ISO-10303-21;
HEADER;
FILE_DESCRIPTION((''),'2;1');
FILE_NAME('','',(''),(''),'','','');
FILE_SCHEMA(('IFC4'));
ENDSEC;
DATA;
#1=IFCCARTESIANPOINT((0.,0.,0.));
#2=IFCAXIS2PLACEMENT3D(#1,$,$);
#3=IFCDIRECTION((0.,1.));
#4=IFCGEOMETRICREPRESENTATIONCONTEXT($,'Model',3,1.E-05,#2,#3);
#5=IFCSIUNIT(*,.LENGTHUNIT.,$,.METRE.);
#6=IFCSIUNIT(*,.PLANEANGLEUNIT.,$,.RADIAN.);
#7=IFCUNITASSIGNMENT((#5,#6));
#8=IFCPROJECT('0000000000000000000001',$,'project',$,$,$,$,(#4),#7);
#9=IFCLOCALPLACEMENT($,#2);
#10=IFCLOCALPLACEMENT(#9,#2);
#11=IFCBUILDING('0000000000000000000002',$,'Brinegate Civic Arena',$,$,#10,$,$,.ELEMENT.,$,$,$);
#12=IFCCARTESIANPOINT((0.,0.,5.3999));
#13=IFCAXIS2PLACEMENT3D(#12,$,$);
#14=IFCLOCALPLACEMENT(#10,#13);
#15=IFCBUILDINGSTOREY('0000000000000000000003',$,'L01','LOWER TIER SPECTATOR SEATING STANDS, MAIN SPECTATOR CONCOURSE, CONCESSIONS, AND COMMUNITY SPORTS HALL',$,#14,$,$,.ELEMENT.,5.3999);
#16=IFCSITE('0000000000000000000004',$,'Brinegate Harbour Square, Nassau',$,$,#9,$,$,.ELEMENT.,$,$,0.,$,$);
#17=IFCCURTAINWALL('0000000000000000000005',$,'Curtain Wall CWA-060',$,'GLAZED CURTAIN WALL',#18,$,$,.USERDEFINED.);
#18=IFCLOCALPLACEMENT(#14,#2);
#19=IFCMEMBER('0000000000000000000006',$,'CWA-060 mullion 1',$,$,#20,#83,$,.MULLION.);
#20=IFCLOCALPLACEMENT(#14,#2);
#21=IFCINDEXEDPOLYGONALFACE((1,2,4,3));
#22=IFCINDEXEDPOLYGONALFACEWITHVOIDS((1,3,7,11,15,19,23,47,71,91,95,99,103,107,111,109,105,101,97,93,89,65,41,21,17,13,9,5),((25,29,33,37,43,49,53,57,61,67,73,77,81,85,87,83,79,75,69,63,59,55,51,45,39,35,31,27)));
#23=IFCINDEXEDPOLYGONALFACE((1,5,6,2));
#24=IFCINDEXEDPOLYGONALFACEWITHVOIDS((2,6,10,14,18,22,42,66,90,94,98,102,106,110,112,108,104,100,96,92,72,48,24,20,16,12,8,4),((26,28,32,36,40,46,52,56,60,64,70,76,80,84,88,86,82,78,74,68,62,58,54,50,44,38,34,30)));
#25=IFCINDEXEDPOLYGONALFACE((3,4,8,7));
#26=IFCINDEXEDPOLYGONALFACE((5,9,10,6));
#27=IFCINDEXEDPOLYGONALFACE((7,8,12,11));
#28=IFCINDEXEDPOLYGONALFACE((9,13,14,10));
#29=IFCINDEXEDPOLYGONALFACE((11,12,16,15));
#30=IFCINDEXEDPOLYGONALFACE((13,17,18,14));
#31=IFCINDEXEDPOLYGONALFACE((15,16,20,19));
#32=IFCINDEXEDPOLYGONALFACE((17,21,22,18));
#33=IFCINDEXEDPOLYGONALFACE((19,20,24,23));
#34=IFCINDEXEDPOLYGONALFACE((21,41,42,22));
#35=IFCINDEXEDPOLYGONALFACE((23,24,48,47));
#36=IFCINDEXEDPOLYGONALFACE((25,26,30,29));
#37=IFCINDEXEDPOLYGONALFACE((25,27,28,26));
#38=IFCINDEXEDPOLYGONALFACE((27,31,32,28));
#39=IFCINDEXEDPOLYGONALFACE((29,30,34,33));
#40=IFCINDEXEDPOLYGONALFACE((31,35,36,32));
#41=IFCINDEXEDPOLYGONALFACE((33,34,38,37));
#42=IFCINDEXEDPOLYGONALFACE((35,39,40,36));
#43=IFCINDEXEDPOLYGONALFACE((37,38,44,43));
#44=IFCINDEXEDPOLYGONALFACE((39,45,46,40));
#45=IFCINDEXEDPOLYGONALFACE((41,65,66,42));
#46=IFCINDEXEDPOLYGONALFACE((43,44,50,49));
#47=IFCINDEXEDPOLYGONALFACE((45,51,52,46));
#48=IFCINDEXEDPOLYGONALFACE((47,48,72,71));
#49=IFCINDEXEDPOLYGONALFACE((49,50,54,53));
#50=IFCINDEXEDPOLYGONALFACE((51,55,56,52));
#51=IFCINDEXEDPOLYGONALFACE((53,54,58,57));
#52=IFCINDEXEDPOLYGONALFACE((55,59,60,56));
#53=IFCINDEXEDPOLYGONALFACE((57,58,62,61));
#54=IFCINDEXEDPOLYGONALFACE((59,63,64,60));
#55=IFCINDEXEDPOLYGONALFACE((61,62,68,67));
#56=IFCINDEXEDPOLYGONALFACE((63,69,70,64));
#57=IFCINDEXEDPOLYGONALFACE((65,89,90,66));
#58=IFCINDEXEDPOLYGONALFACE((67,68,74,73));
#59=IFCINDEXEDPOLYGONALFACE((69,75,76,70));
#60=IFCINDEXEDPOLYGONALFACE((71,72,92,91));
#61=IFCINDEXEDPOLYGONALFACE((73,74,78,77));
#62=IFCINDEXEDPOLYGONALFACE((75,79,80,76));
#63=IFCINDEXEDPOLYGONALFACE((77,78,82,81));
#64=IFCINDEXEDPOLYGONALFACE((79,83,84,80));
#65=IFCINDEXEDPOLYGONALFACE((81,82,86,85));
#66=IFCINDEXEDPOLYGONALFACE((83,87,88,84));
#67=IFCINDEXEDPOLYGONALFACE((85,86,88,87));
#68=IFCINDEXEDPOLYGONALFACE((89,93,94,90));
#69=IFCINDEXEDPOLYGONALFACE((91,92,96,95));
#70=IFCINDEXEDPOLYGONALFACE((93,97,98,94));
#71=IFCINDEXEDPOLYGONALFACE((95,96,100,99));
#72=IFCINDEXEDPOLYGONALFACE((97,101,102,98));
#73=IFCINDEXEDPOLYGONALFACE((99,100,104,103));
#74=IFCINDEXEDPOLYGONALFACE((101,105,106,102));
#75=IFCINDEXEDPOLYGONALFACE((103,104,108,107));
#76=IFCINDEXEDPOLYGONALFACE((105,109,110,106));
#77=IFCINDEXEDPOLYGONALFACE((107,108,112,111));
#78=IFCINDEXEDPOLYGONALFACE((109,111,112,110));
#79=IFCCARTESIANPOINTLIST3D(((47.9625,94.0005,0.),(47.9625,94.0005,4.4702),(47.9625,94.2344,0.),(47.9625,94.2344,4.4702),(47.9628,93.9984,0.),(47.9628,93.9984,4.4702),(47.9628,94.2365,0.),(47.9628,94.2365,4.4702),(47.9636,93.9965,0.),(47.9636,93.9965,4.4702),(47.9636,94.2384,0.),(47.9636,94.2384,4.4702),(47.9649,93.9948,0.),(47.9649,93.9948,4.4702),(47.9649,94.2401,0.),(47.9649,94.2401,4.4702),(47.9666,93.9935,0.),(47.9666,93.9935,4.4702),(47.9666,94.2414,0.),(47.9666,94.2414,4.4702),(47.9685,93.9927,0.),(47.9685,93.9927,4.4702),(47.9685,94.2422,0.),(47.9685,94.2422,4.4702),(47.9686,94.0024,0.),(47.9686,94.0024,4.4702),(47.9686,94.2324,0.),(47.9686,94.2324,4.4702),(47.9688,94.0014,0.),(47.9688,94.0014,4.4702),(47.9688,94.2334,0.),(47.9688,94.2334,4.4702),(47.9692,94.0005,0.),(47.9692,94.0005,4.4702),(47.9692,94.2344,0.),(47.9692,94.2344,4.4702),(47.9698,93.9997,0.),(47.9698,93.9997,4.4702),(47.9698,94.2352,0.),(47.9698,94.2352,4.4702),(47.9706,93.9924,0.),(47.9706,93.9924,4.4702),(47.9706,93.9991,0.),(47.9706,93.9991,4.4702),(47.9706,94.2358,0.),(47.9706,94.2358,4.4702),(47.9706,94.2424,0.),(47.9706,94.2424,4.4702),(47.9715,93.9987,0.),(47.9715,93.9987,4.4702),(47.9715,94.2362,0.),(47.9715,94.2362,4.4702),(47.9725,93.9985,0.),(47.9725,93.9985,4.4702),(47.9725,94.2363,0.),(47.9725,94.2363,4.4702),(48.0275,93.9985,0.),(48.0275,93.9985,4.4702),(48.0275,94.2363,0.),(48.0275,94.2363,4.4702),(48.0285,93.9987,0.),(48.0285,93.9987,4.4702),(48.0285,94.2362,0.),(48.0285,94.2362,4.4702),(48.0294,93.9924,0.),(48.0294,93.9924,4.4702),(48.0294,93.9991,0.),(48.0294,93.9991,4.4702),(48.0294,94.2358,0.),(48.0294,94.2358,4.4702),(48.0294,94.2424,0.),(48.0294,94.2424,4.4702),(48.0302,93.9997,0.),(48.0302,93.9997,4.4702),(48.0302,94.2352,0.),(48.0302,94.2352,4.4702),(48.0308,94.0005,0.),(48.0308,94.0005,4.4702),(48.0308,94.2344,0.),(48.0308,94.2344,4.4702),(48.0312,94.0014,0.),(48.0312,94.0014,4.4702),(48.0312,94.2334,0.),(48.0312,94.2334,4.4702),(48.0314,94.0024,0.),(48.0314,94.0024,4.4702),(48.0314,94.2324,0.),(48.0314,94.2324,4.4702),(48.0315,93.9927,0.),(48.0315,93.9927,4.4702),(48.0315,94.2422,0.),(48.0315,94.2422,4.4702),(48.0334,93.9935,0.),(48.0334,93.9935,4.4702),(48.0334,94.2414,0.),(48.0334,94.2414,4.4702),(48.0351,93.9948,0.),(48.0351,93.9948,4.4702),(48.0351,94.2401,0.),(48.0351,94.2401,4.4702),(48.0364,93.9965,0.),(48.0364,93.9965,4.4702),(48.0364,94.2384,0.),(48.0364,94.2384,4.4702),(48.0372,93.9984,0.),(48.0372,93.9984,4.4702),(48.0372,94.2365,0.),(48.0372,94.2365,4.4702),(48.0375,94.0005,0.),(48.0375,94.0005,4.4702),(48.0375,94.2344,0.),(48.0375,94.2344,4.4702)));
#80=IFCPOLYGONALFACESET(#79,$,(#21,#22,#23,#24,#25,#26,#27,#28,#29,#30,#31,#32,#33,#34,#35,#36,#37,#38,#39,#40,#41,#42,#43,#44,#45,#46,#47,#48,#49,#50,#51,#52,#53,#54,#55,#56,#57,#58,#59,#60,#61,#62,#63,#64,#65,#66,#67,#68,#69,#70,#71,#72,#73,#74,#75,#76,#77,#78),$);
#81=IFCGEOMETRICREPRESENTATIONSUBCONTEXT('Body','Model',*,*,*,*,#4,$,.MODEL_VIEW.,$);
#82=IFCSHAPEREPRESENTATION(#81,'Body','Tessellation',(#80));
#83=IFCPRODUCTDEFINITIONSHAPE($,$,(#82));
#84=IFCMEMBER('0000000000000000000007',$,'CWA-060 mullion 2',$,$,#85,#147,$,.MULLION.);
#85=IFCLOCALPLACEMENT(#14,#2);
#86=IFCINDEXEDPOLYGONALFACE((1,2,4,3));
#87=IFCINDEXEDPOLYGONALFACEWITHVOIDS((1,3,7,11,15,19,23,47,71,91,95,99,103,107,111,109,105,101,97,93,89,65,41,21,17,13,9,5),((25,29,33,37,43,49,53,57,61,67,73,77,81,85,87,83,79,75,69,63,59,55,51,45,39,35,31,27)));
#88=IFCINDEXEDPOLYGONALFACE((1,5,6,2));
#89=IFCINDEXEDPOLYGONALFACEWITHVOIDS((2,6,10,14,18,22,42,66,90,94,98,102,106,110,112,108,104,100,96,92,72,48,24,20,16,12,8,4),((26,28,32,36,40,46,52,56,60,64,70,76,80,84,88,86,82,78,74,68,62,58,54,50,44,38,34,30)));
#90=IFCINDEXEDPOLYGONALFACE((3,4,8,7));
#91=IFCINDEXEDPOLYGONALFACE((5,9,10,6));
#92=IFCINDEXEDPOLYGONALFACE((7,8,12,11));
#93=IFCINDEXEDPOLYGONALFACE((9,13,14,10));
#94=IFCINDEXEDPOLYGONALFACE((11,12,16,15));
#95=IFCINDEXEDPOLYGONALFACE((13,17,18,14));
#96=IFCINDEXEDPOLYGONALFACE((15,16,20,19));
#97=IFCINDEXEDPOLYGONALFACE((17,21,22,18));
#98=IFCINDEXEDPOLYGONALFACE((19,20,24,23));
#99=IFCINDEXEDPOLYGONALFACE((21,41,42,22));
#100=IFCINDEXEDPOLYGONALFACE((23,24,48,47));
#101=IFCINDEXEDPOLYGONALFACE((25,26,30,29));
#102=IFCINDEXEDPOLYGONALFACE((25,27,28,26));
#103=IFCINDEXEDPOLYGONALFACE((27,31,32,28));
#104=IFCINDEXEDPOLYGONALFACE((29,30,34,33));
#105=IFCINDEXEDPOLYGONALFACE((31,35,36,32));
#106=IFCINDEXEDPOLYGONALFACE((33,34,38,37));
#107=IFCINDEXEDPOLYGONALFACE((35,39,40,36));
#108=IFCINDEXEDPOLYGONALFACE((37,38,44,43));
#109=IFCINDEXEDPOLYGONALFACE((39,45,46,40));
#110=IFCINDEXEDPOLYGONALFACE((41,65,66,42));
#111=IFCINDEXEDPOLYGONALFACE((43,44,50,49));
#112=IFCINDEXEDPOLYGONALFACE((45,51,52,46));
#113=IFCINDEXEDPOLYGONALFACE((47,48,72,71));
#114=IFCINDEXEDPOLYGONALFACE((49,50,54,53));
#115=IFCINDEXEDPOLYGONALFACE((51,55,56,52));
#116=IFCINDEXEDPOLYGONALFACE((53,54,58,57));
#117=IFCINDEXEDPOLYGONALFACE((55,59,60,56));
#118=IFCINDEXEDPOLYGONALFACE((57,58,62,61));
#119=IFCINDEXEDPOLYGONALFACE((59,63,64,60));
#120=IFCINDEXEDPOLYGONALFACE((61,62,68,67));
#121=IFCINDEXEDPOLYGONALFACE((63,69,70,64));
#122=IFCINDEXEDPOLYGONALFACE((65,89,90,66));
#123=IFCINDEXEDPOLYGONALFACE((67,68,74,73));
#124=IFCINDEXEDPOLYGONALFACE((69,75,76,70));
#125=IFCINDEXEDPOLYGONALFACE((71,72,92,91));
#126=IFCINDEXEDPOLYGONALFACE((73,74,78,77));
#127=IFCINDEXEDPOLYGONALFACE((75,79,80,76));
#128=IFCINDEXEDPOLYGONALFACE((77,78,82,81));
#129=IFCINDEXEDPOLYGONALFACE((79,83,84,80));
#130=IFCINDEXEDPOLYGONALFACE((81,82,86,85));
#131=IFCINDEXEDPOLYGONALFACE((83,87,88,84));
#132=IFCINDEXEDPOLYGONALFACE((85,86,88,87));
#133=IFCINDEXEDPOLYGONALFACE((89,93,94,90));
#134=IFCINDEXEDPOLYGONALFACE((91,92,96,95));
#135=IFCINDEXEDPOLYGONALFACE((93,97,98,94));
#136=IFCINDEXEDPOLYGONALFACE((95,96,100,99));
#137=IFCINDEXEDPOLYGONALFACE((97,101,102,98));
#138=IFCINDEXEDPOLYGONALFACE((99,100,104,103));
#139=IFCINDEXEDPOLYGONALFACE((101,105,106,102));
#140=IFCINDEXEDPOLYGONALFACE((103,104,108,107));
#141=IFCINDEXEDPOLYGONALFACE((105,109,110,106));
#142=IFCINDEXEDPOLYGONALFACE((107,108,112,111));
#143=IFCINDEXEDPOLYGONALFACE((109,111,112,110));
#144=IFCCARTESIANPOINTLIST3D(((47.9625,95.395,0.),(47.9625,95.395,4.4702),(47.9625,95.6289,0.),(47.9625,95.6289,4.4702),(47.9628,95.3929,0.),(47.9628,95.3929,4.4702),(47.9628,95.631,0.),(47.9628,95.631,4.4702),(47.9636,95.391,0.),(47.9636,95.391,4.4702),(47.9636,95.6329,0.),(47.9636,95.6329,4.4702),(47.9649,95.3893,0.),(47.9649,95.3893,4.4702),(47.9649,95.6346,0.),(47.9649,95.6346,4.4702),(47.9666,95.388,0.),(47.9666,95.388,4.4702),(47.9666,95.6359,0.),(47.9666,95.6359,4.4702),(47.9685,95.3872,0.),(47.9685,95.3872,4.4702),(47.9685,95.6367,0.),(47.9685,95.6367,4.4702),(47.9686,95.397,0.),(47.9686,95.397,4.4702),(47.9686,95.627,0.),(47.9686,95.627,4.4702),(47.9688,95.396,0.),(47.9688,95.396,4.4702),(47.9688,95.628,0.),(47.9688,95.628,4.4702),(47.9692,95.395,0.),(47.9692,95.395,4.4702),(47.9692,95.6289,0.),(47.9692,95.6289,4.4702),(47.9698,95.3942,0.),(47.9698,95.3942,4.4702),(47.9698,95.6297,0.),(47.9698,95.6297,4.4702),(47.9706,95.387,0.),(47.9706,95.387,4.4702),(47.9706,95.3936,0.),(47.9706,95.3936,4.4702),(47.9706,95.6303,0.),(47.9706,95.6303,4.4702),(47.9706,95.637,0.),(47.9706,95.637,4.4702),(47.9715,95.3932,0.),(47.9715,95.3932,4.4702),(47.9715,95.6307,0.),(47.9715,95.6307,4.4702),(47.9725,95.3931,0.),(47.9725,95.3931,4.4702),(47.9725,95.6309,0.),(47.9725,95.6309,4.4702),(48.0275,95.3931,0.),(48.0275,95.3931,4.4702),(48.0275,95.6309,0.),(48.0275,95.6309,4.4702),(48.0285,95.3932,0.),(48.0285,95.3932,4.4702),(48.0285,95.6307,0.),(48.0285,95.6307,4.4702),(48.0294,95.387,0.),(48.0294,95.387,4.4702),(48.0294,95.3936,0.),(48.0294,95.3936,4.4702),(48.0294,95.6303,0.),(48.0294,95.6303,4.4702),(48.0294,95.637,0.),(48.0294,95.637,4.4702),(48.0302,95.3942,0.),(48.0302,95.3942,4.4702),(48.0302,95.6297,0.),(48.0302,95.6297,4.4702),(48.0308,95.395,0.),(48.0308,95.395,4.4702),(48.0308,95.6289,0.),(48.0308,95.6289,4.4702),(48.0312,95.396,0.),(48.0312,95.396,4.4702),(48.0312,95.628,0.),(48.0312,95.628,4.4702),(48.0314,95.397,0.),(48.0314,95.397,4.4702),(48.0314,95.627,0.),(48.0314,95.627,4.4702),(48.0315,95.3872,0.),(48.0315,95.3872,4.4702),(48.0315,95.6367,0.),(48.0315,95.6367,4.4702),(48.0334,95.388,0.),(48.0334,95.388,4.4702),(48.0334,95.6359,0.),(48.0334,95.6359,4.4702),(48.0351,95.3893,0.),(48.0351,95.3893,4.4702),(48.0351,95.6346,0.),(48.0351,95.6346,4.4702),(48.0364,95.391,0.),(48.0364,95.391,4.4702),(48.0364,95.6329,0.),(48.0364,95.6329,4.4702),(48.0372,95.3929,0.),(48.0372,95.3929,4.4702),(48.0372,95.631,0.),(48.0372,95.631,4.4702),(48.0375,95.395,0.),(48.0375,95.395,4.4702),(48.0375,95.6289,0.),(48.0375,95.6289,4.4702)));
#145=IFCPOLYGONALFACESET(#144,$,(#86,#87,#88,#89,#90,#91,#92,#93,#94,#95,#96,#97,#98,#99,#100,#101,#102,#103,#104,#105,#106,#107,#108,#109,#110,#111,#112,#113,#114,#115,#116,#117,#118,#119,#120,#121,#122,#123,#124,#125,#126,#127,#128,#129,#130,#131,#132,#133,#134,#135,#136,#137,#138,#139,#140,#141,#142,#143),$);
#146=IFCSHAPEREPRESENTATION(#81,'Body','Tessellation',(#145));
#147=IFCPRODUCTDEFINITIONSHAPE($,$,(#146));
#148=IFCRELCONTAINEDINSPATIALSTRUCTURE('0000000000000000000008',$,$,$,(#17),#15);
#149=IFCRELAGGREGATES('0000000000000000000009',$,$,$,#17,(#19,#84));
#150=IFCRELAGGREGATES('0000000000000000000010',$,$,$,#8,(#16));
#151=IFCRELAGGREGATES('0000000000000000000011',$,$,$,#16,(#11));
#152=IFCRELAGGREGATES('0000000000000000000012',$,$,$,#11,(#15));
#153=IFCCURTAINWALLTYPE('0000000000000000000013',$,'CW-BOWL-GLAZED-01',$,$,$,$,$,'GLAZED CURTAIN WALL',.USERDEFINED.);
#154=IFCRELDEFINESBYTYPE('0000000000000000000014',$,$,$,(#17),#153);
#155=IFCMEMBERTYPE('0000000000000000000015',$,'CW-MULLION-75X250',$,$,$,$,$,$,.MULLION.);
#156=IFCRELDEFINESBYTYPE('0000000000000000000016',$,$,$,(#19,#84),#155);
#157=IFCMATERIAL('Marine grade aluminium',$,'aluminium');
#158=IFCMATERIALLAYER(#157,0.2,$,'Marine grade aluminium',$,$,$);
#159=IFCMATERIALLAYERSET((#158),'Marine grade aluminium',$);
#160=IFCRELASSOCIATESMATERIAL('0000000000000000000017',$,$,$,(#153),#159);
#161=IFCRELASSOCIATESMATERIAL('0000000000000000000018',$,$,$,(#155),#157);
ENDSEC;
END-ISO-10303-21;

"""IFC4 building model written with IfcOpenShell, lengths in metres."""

from ifc_helpers import new_model, si_unit, direction, frame, origin, origin_2d, place, context, subcontext, project, spatial, hollow_rectangle, extrude, material, layer, layer_set, material_profile, profile_set, type_object, element, aggregate, save


model = new_model("IFC4")

# Units and contexts
model_context = context("Model", 3, precision=1e-05, world=origin(), true_north=direction((0.0, 1.0)))
body_context = subcontext(model_context, "Body", "Model", "MODEL_VIEW")
ifc_project = project(units=[si_unit("LENGTHUNIT", "METRE"), si_unit("PLANEANGLEUNIT", "RADIAN")], contexts=[model_context])

# Site, building, storey
site_placement = place(None, origin())
site = spatial("IfcSite", under=ifc_project, at=site_placement, Name="Brinegate Harbour Square, Nassau", CompositionType="ELEMENT", RefElevation=0.0)
building_placement = place(site_placement, origin())
building = spatial("IfcBuilding", under=site, at=building_placement, Name="Brinegate Civic Arena", CompositionType="ELEMENT")
storey_placement = place(building_placement, frame((0.0, 0.0, 5.3999)))
storey = spatial("IfcBuildingStorey", under=building, at=storey_placement, Name="L01", Description="LOWER TIER SPECTATOR SEATING STANDS, MAIN SPECTATOR CONCOURSE, CONCESSIONS, AND COMMUNITY SPORTS HALL", CompositionType="ELEMENT", Elevation=5.3999)

# Curtain wall, members
ifc_material_1 = material(Name="Marine grade aluminium", Category="aluminium")
ifc_layer_1 = layer(ifc_material_1, 0.2, Name="Marine grade aluminium")
ifc_layer_set_1 = layer_set([ifc_layer_1], Name="Marine grade aluminium")
curtain_wall_type = type_object("IfcCurtainWallType", Name="CW-BOWL-GLAZED-01", ElementType="GLAZED CURTAIN WALL", PredefinedType="USERDEFINED", material=ifc_layer_set_1)
curtain_wall_1_placement = place(storey_placement, origin())
curtain_wall_1 = element("IfcCurtainWall", 1, at=curtain_wall_1_placement, inside=storey, type_object=curtain_wall_type, Name="Curtain Wall CWA-060", ObjectType="GLAZED CURTAIN WALL", PredefinedType="USERDEFINED")
ifc_material_profile_1 = material_profile(ifc_material_1, hollow_rectangle(XDim=0.075, YDim=0.25, WallThickness=0.0061, InnerFilletRadius=0.0039, OuterFilletRadius=0.0081, at=origin_2d()), Name="MUL75X250")
ifc_profile_set_1 = profile_set([ifc_material_profile_1], Name="Marine grade aluminium")
member_type_1 = type_object("IfcMemberType", Name="CW-MULLION-75X250", PredefinedType="MULLION", material=ifc_profile_set_1)
member_1_placement = place(storey_placement, frame((48.0, 94.1174, 0.0), z_axis=(0.0, 0.0, 1.0), x_axis=(-1.0, 0.0, 0.0)))
member_1 = element("IfcMember", 2, at=member_1_placement, type_object=member_type_1, Name="CWA-060 mullion 1", PredefinedType="MULLION", context=body_context, shape_type="SweptSolid", body=[
    extrude(hollow_rectangle(XDim=0.075, YDim=0.25, WallThickness=0.0061, InnerFilletRadius=0.0039, OuterFilletRadius=0.0081, at=origin_2d()), origin(), (0.0, 0.0, 1.0), 4.4702),
])
member_2_placement = place(storey_placement, frame((48.0, 95.512, 0.0), z_axis=(0.0, 0.0, 1.0), x_axis=(-1.0, 0.0, 0.0)))
member_2 = element("IfcMember", 3, at=member_2_placement, type_object=member_type_1, Name="CWA-060 mullion 2", PredefinedType="MULLION", context=body_context, shape_type="SweptSolid", body=[
    extrude(hollow_rectangle(XDim=0.075, YDim=0.25, WallThickness=0.0061, InnerFilletRadius=0.0039, OuterFilletRadius=0.0081, at=origin_2d()), origin(), (0.0, 0.0, 1.0), 4.4702),
])

aggregate(curtain_wall_1, [member_1, member_2])

save(model, "model.ifc")
